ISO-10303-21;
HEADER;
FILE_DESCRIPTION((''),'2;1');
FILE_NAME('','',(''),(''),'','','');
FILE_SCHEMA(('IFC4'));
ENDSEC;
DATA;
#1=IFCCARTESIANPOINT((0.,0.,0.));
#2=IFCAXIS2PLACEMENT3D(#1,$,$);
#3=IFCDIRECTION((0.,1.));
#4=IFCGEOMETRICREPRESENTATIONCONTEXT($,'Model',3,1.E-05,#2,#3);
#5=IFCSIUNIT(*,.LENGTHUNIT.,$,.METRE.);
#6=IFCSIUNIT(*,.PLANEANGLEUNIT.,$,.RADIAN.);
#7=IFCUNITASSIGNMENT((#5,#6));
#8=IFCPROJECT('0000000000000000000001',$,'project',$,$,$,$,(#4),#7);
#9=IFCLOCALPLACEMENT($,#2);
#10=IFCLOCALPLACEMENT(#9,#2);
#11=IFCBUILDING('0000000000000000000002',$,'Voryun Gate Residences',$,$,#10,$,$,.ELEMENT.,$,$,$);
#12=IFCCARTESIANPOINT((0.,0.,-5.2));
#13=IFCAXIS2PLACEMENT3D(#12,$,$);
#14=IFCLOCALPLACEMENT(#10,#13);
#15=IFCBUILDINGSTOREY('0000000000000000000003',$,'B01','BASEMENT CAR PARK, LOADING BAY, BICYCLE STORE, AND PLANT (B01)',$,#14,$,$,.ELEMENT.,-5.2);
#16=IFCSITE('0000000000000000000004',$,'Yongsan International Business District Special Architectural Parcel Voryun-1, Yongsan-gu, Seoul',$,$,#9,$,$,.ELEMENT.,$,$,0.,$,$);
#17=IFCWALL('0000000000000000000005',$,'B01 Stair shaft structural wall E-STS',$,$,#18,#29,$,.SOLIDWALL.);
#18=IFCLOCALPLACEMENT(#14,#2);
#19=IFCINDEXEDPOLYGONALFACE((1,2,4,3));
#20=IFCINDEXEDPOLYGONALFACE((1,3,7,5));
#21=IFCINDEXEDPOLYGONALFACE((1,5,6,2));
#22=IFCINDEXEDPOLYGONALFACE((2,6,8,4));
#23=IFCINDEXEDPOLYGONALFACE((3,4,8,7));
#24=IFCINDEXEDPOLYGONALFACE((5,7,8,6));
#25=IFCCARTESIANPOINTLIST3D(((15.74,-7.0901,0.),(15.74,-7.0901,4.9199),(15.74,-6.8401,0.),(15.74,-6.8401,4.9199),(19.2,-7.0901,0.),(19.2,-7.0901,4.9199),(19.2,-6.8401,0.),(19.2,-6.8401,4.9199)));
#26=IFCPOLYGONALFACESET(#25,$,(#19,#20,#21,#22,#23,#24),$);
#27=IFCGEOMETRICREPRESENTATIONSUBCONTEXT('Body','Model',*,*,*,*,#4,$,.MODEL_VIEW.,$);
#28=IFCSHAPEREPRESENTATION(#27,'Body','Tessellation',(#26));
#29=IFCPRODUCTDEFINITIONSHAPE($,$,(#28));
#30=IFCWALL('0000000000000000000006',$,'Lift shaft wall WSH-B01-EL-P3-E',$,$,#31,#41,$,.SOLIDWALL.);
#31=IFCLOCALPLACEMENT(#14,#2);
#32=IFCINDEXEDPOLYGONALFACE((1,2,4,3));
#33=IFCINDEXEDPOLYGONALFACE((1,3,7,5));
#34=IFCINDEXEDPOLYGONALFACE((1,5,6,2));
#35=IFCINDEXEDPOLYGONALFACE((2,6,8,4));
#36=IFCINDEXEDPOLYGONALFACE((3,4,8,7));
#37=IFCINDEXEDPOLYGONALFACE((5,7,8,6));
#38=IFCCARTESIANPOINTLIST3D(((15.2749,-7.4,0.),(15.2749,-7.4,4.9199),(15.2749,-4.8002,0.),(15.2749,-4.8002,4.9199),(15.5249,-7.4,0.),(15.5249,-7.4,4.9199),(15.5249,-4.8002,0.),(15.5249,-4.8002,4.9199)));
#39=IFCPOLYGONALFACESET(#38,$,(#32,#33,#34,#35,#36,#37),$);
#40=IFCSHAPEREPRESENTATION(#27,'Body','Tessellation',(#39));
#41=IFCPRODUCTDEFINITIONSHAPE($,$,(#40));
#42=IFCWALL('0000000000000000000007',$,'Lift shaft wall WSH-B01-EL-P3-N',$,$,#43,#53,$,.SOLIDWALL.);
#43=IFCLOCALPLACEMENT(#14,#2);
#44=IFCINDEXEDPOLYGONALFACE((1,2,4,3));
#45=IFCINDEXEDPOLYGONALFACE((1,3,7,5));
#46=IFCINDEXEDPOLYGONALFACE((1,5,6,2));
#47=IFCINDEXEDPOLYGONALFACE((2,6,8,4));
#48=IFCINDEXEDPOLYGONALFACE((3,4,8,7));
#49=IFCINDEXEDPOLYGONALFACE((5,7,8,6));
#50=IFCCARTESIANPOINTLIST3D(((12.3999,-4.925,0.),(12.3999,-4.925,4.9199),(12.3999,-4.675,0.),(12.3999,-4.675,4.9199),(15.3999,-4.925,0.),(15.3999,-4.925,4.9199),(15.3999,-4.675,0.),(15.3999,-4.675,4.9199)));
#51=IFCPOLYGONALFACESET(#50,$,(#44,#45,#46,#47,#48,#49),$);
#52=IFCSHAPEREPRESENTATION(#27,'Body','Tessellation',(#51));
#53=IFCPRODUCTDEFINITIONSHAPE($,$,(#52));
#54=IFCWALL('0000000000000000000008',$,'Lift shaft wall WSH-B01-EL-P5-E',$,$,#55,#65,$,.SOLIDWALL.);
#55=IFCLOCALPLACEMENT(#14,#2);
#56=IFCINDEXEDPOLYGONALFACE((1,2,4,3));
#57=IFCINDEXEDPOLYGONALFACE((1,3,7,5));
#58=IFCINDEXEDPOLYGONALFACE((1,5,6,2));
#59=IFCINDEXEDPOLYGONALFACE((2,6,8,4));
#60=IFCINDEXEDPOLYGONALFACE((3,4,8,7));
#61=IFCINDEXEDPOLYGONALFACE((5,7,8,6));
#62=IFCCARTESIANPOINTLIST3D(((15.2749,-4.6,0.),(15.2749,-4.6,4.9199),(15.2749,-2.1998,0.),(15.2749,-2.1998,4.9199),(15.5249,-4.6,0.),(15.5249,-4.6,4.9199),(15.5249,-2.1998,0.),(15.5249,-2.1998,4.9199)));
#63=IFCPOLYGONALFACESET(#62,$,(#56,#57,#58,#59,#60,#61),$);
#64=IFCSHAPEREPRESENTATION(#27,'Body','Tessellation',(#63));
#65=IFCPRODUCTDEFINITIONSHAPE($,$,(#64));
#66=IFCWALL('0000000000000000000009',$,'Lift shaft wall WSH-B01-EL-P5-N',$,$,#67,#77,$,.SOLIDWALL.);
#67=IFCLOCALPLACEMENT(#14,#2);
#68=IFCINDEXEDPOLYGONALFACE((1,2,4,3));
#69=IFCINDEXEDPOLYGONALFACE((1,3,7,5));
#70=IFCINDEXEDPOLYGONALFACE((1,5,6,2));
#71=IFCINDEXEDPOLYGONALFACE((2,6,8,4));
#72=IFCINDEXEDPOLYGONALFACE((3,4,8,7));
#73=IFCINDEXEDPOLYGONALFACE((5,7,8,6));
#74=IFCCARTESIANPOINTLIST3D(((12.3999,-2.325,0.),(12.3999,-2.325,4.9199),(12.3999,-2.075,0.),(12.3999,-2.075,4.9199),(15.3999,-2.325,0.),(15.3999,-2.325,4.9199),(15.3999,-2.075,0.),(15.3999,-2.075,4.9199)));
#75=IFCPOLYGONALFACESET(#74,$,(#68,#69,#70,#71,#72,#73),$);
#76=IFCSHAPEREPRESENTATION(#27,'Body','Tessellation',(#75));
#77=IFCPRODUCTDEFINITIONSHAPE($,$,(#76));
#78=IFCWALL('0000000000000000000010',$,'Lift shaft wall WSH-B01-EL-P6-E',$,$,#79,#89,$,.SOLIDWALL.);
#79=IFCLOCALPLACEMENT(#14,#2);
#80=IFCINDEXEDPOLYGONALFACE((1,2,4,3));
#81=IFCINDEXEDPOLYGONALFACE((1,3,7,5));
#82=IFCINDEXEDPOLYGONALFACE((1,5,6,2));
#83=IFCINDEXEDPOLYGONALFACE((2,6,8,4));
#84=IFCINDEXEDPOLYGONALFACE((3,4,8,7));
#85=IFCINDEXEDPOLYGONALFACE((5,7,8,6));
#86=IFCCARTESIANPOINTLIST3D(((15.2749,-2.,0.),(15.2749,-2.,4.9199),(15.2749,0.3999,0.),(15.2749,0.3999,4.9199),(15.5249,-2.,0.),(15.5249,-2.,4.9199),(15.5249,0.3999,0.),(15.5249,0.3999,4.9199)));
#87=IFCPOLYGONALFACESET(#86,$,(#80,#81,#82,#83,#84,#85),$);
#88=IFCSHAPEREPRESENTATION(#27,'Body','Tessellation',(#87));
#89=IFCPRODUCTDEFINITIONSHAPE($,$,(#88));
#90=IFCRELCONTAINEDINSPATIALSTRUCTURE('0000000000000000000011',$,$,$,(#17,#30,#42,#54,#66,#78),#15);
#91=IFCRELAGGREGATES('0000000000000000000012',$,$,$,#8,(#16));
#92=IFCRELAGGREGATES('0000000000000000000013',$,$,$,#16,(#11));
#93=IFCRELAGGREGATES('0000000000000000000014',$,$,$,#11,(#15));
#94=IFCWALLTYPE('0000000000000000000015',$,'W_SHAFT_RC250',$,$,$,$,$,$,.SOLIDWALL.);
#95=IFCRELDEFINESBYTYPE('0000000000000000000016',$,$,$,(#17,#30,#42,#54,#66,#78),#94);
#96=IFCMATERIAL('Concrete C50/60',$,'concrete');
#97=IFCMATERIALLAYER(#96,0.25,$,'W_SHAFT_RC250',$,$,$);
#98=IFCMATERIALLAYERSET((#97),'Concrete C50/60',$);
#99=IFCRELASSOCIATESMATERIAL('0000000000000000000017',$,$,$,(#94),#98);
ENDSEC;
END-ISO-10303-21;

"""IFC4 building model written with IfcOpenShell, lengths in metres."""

from ifc_helpers import new_model, si_unit, direction, frame, frame_2d, origin, place, context, subcontext, project, spatial, rectangle, extrude, material, layer, layer_set, type_object, element, save


model = new_model("IFC4")

# Units and contexts
model_context = context("Model", 3, precision=1e-05, world=origin(), true_north=direction((0.0, 1.0)))
body_context = subcontext(model_context, "Body", "Model", "MODEL_VIEW")
ifc_project = project(units=[si_unit("LENGTHUNIT", "METRE"), si_unit("PLANEANGLEUNIT", "RADIAN")], contexts=[model_context])

# Site, building, storey
site_placement = place(None, origin())
site = spatial("IfcSite", under=ifc_project, at=site_placement, Name="Yongsan International Business District Special Architectural Parcel Voryun-1, Yongsan-gu, Seoul", CompositionType="ELEMENT", RefElevation=0.0)
building_placement = place(site_placement, origin())
building = spatial("IfcBuilding", under=site, at=building_placement, Name="Voryun Gate Residences", CompositionType="ELEMENT")
storey_placement = place(building_placement, frame((0.0, 0.0, -5.2)))
storey = spatial("IfcBuildingStorey", under=building, at=storey_placement, Name="B01", Description="BASEMENT CAR PARK, LOADING BAY, BICYCLE STORE, AND PLANT (B01)", CompositionType="ELEMENT", Elevation=-5.2)

# Walls
ifc_material_1 = material(Name="Concrete C50/60", Category="concrete")
ifc_layer_1 = layer(ifc_material_1, 0.25, Name="W_SHAFT_RC250")
ifc_layer_set_1 = layer_set([ifc_layer_1], Name="Concrete C50/60")
wall_type_1 = type_object("IfcWallType", Name="W_SHAFT_RC250", PredefinedType="SOLIDWALL", material=ifc_layer_set_1)
wall_1_placement = place(storey_placement, frame((15.74, -6.9651, 0.0), z_axis=(0.0, 0.0, 1.0), x_axis=(1.0, 0.0, 0.0)))
element("IfcWall", 1, at=wall_1_placement, inside=storey, type_object=wall_type_1, Name="B01 Stair shaft structural wall E-STS", PredefinedType="SOLIDWALL", context=body_context, shape_type="SweptSolid", body=[
    extrude(rectangle(XDim=3.46, YDim=0.25, at=frame_2d((1.73, 0.0))), origin(), (0.0, 0.0, 1.0), 4.9199),
])
wall_2_placement = place(storey_placement, frame((15.3999, -7.3999, 0.0), z_axis=(0.0, 0.0, 1.0), x_axis=(0.0, 1.0, 0.0)))
element("IfcWall", 2, at=wall_2_placement, inside=storey, type_object=wall_type_1, Name="Lift shaft wall WSH-B01-EL-P3-E", PredefinedType="SOLIDWALL", context=body_context, shape_type="SweptSolid", body=[
    extrude(rectangle(XDim=2.5999, YDim=0.25, at=frame_2d((1.2998, 0.0))), origin(), (0.0, 0.0, 1.0), 4.9199),
])
wall_3_placement = place(storey_placement, frame((15.3999, -4.8, 0.0), z_axis=(0.0, 0.0, 1.0), x_axis=(-1.0, 0.0, 0.0)))
element("IfcWall", 3, at=wall_3_placement, inside=storey, type_object=wall_type_1, Name="Lift shaft wall WSH-B01-EL-P3-N", PredefinedType="SOLIDWALL", context=body_context, shape_type="SweptSolid", body=[
    extrude(rectangle(XDim=3.0, YDim=0.25, at=frame_2d((1.5, 0.0))), origin(), (0.0, 0.0, 1.0), 4.9199),
])
wall_4_placement = place(storey_placement, frame((15.3999, -4.6001, 0.0), z_axis=(0.0, 0.0, 1.0), x_axis=(0.0, 1.0, 0.0)))
element("IfcWall", 4, at=wall_4_placement, inside=storey, type_object=wall_type_1, Name="Lift shaft wall WSH-B01-EL-P5-E", PredefinedType="SOLIDWALL", context=body_context, shape_type="SweptSolid", body=[
    extrude(rectangle(XDim=2.4001, YDim=0.25, at=frame_2d((1.2002, 0.0))), origin(), (0.0, 0.0, 1.0), 4.9199),
])
wall_5_placement = place(storey_placement, frame((15.3999, -2.2, 0.0), z_axis=(0.0, 0.0, 1.0), x_axis=(-1.0, 0.0, 0.0)))
element("IfcWall", 5, at=wall_5_placement, inside=storey, type_object=wall_type_1, Name="Lift shaft wall WSH-B01-EL-P5-N", PredefinedType="SOLIDWALL", context=body_context, shape_type="SweptSolid", body=[
    extrude(rectangle(XDim=3.0, YDim=0.25, at=frame_2d((1.5, 0.0))), origin(), (0.0, 0.0, 1.0), 4.9199),
])
wall_6_placement = place(storey_placement, frame((15.3999, -2.0, 0.0), z_axis=(0.0, 0.0, 1.0), x_axis=(0.0, 1.0, 0.0)))
element("IfcWall", 6, at=wall_6_placement, inside=storey, type_object=wall_type_1, Name="Lift shaft wall WSH-B01-EL-P6-E", PredefinedType="SOLIDWALL", context=body_context, shape_type="SweptSolid", body=[
    extrude(rectangle(XDim=2.3999, YDim=0.25, at=frame_2d((1.2, 0.0))), origin(), (0.0, 0.0, 1.0), 4.9199),
])

save(model, "model.ifc")
